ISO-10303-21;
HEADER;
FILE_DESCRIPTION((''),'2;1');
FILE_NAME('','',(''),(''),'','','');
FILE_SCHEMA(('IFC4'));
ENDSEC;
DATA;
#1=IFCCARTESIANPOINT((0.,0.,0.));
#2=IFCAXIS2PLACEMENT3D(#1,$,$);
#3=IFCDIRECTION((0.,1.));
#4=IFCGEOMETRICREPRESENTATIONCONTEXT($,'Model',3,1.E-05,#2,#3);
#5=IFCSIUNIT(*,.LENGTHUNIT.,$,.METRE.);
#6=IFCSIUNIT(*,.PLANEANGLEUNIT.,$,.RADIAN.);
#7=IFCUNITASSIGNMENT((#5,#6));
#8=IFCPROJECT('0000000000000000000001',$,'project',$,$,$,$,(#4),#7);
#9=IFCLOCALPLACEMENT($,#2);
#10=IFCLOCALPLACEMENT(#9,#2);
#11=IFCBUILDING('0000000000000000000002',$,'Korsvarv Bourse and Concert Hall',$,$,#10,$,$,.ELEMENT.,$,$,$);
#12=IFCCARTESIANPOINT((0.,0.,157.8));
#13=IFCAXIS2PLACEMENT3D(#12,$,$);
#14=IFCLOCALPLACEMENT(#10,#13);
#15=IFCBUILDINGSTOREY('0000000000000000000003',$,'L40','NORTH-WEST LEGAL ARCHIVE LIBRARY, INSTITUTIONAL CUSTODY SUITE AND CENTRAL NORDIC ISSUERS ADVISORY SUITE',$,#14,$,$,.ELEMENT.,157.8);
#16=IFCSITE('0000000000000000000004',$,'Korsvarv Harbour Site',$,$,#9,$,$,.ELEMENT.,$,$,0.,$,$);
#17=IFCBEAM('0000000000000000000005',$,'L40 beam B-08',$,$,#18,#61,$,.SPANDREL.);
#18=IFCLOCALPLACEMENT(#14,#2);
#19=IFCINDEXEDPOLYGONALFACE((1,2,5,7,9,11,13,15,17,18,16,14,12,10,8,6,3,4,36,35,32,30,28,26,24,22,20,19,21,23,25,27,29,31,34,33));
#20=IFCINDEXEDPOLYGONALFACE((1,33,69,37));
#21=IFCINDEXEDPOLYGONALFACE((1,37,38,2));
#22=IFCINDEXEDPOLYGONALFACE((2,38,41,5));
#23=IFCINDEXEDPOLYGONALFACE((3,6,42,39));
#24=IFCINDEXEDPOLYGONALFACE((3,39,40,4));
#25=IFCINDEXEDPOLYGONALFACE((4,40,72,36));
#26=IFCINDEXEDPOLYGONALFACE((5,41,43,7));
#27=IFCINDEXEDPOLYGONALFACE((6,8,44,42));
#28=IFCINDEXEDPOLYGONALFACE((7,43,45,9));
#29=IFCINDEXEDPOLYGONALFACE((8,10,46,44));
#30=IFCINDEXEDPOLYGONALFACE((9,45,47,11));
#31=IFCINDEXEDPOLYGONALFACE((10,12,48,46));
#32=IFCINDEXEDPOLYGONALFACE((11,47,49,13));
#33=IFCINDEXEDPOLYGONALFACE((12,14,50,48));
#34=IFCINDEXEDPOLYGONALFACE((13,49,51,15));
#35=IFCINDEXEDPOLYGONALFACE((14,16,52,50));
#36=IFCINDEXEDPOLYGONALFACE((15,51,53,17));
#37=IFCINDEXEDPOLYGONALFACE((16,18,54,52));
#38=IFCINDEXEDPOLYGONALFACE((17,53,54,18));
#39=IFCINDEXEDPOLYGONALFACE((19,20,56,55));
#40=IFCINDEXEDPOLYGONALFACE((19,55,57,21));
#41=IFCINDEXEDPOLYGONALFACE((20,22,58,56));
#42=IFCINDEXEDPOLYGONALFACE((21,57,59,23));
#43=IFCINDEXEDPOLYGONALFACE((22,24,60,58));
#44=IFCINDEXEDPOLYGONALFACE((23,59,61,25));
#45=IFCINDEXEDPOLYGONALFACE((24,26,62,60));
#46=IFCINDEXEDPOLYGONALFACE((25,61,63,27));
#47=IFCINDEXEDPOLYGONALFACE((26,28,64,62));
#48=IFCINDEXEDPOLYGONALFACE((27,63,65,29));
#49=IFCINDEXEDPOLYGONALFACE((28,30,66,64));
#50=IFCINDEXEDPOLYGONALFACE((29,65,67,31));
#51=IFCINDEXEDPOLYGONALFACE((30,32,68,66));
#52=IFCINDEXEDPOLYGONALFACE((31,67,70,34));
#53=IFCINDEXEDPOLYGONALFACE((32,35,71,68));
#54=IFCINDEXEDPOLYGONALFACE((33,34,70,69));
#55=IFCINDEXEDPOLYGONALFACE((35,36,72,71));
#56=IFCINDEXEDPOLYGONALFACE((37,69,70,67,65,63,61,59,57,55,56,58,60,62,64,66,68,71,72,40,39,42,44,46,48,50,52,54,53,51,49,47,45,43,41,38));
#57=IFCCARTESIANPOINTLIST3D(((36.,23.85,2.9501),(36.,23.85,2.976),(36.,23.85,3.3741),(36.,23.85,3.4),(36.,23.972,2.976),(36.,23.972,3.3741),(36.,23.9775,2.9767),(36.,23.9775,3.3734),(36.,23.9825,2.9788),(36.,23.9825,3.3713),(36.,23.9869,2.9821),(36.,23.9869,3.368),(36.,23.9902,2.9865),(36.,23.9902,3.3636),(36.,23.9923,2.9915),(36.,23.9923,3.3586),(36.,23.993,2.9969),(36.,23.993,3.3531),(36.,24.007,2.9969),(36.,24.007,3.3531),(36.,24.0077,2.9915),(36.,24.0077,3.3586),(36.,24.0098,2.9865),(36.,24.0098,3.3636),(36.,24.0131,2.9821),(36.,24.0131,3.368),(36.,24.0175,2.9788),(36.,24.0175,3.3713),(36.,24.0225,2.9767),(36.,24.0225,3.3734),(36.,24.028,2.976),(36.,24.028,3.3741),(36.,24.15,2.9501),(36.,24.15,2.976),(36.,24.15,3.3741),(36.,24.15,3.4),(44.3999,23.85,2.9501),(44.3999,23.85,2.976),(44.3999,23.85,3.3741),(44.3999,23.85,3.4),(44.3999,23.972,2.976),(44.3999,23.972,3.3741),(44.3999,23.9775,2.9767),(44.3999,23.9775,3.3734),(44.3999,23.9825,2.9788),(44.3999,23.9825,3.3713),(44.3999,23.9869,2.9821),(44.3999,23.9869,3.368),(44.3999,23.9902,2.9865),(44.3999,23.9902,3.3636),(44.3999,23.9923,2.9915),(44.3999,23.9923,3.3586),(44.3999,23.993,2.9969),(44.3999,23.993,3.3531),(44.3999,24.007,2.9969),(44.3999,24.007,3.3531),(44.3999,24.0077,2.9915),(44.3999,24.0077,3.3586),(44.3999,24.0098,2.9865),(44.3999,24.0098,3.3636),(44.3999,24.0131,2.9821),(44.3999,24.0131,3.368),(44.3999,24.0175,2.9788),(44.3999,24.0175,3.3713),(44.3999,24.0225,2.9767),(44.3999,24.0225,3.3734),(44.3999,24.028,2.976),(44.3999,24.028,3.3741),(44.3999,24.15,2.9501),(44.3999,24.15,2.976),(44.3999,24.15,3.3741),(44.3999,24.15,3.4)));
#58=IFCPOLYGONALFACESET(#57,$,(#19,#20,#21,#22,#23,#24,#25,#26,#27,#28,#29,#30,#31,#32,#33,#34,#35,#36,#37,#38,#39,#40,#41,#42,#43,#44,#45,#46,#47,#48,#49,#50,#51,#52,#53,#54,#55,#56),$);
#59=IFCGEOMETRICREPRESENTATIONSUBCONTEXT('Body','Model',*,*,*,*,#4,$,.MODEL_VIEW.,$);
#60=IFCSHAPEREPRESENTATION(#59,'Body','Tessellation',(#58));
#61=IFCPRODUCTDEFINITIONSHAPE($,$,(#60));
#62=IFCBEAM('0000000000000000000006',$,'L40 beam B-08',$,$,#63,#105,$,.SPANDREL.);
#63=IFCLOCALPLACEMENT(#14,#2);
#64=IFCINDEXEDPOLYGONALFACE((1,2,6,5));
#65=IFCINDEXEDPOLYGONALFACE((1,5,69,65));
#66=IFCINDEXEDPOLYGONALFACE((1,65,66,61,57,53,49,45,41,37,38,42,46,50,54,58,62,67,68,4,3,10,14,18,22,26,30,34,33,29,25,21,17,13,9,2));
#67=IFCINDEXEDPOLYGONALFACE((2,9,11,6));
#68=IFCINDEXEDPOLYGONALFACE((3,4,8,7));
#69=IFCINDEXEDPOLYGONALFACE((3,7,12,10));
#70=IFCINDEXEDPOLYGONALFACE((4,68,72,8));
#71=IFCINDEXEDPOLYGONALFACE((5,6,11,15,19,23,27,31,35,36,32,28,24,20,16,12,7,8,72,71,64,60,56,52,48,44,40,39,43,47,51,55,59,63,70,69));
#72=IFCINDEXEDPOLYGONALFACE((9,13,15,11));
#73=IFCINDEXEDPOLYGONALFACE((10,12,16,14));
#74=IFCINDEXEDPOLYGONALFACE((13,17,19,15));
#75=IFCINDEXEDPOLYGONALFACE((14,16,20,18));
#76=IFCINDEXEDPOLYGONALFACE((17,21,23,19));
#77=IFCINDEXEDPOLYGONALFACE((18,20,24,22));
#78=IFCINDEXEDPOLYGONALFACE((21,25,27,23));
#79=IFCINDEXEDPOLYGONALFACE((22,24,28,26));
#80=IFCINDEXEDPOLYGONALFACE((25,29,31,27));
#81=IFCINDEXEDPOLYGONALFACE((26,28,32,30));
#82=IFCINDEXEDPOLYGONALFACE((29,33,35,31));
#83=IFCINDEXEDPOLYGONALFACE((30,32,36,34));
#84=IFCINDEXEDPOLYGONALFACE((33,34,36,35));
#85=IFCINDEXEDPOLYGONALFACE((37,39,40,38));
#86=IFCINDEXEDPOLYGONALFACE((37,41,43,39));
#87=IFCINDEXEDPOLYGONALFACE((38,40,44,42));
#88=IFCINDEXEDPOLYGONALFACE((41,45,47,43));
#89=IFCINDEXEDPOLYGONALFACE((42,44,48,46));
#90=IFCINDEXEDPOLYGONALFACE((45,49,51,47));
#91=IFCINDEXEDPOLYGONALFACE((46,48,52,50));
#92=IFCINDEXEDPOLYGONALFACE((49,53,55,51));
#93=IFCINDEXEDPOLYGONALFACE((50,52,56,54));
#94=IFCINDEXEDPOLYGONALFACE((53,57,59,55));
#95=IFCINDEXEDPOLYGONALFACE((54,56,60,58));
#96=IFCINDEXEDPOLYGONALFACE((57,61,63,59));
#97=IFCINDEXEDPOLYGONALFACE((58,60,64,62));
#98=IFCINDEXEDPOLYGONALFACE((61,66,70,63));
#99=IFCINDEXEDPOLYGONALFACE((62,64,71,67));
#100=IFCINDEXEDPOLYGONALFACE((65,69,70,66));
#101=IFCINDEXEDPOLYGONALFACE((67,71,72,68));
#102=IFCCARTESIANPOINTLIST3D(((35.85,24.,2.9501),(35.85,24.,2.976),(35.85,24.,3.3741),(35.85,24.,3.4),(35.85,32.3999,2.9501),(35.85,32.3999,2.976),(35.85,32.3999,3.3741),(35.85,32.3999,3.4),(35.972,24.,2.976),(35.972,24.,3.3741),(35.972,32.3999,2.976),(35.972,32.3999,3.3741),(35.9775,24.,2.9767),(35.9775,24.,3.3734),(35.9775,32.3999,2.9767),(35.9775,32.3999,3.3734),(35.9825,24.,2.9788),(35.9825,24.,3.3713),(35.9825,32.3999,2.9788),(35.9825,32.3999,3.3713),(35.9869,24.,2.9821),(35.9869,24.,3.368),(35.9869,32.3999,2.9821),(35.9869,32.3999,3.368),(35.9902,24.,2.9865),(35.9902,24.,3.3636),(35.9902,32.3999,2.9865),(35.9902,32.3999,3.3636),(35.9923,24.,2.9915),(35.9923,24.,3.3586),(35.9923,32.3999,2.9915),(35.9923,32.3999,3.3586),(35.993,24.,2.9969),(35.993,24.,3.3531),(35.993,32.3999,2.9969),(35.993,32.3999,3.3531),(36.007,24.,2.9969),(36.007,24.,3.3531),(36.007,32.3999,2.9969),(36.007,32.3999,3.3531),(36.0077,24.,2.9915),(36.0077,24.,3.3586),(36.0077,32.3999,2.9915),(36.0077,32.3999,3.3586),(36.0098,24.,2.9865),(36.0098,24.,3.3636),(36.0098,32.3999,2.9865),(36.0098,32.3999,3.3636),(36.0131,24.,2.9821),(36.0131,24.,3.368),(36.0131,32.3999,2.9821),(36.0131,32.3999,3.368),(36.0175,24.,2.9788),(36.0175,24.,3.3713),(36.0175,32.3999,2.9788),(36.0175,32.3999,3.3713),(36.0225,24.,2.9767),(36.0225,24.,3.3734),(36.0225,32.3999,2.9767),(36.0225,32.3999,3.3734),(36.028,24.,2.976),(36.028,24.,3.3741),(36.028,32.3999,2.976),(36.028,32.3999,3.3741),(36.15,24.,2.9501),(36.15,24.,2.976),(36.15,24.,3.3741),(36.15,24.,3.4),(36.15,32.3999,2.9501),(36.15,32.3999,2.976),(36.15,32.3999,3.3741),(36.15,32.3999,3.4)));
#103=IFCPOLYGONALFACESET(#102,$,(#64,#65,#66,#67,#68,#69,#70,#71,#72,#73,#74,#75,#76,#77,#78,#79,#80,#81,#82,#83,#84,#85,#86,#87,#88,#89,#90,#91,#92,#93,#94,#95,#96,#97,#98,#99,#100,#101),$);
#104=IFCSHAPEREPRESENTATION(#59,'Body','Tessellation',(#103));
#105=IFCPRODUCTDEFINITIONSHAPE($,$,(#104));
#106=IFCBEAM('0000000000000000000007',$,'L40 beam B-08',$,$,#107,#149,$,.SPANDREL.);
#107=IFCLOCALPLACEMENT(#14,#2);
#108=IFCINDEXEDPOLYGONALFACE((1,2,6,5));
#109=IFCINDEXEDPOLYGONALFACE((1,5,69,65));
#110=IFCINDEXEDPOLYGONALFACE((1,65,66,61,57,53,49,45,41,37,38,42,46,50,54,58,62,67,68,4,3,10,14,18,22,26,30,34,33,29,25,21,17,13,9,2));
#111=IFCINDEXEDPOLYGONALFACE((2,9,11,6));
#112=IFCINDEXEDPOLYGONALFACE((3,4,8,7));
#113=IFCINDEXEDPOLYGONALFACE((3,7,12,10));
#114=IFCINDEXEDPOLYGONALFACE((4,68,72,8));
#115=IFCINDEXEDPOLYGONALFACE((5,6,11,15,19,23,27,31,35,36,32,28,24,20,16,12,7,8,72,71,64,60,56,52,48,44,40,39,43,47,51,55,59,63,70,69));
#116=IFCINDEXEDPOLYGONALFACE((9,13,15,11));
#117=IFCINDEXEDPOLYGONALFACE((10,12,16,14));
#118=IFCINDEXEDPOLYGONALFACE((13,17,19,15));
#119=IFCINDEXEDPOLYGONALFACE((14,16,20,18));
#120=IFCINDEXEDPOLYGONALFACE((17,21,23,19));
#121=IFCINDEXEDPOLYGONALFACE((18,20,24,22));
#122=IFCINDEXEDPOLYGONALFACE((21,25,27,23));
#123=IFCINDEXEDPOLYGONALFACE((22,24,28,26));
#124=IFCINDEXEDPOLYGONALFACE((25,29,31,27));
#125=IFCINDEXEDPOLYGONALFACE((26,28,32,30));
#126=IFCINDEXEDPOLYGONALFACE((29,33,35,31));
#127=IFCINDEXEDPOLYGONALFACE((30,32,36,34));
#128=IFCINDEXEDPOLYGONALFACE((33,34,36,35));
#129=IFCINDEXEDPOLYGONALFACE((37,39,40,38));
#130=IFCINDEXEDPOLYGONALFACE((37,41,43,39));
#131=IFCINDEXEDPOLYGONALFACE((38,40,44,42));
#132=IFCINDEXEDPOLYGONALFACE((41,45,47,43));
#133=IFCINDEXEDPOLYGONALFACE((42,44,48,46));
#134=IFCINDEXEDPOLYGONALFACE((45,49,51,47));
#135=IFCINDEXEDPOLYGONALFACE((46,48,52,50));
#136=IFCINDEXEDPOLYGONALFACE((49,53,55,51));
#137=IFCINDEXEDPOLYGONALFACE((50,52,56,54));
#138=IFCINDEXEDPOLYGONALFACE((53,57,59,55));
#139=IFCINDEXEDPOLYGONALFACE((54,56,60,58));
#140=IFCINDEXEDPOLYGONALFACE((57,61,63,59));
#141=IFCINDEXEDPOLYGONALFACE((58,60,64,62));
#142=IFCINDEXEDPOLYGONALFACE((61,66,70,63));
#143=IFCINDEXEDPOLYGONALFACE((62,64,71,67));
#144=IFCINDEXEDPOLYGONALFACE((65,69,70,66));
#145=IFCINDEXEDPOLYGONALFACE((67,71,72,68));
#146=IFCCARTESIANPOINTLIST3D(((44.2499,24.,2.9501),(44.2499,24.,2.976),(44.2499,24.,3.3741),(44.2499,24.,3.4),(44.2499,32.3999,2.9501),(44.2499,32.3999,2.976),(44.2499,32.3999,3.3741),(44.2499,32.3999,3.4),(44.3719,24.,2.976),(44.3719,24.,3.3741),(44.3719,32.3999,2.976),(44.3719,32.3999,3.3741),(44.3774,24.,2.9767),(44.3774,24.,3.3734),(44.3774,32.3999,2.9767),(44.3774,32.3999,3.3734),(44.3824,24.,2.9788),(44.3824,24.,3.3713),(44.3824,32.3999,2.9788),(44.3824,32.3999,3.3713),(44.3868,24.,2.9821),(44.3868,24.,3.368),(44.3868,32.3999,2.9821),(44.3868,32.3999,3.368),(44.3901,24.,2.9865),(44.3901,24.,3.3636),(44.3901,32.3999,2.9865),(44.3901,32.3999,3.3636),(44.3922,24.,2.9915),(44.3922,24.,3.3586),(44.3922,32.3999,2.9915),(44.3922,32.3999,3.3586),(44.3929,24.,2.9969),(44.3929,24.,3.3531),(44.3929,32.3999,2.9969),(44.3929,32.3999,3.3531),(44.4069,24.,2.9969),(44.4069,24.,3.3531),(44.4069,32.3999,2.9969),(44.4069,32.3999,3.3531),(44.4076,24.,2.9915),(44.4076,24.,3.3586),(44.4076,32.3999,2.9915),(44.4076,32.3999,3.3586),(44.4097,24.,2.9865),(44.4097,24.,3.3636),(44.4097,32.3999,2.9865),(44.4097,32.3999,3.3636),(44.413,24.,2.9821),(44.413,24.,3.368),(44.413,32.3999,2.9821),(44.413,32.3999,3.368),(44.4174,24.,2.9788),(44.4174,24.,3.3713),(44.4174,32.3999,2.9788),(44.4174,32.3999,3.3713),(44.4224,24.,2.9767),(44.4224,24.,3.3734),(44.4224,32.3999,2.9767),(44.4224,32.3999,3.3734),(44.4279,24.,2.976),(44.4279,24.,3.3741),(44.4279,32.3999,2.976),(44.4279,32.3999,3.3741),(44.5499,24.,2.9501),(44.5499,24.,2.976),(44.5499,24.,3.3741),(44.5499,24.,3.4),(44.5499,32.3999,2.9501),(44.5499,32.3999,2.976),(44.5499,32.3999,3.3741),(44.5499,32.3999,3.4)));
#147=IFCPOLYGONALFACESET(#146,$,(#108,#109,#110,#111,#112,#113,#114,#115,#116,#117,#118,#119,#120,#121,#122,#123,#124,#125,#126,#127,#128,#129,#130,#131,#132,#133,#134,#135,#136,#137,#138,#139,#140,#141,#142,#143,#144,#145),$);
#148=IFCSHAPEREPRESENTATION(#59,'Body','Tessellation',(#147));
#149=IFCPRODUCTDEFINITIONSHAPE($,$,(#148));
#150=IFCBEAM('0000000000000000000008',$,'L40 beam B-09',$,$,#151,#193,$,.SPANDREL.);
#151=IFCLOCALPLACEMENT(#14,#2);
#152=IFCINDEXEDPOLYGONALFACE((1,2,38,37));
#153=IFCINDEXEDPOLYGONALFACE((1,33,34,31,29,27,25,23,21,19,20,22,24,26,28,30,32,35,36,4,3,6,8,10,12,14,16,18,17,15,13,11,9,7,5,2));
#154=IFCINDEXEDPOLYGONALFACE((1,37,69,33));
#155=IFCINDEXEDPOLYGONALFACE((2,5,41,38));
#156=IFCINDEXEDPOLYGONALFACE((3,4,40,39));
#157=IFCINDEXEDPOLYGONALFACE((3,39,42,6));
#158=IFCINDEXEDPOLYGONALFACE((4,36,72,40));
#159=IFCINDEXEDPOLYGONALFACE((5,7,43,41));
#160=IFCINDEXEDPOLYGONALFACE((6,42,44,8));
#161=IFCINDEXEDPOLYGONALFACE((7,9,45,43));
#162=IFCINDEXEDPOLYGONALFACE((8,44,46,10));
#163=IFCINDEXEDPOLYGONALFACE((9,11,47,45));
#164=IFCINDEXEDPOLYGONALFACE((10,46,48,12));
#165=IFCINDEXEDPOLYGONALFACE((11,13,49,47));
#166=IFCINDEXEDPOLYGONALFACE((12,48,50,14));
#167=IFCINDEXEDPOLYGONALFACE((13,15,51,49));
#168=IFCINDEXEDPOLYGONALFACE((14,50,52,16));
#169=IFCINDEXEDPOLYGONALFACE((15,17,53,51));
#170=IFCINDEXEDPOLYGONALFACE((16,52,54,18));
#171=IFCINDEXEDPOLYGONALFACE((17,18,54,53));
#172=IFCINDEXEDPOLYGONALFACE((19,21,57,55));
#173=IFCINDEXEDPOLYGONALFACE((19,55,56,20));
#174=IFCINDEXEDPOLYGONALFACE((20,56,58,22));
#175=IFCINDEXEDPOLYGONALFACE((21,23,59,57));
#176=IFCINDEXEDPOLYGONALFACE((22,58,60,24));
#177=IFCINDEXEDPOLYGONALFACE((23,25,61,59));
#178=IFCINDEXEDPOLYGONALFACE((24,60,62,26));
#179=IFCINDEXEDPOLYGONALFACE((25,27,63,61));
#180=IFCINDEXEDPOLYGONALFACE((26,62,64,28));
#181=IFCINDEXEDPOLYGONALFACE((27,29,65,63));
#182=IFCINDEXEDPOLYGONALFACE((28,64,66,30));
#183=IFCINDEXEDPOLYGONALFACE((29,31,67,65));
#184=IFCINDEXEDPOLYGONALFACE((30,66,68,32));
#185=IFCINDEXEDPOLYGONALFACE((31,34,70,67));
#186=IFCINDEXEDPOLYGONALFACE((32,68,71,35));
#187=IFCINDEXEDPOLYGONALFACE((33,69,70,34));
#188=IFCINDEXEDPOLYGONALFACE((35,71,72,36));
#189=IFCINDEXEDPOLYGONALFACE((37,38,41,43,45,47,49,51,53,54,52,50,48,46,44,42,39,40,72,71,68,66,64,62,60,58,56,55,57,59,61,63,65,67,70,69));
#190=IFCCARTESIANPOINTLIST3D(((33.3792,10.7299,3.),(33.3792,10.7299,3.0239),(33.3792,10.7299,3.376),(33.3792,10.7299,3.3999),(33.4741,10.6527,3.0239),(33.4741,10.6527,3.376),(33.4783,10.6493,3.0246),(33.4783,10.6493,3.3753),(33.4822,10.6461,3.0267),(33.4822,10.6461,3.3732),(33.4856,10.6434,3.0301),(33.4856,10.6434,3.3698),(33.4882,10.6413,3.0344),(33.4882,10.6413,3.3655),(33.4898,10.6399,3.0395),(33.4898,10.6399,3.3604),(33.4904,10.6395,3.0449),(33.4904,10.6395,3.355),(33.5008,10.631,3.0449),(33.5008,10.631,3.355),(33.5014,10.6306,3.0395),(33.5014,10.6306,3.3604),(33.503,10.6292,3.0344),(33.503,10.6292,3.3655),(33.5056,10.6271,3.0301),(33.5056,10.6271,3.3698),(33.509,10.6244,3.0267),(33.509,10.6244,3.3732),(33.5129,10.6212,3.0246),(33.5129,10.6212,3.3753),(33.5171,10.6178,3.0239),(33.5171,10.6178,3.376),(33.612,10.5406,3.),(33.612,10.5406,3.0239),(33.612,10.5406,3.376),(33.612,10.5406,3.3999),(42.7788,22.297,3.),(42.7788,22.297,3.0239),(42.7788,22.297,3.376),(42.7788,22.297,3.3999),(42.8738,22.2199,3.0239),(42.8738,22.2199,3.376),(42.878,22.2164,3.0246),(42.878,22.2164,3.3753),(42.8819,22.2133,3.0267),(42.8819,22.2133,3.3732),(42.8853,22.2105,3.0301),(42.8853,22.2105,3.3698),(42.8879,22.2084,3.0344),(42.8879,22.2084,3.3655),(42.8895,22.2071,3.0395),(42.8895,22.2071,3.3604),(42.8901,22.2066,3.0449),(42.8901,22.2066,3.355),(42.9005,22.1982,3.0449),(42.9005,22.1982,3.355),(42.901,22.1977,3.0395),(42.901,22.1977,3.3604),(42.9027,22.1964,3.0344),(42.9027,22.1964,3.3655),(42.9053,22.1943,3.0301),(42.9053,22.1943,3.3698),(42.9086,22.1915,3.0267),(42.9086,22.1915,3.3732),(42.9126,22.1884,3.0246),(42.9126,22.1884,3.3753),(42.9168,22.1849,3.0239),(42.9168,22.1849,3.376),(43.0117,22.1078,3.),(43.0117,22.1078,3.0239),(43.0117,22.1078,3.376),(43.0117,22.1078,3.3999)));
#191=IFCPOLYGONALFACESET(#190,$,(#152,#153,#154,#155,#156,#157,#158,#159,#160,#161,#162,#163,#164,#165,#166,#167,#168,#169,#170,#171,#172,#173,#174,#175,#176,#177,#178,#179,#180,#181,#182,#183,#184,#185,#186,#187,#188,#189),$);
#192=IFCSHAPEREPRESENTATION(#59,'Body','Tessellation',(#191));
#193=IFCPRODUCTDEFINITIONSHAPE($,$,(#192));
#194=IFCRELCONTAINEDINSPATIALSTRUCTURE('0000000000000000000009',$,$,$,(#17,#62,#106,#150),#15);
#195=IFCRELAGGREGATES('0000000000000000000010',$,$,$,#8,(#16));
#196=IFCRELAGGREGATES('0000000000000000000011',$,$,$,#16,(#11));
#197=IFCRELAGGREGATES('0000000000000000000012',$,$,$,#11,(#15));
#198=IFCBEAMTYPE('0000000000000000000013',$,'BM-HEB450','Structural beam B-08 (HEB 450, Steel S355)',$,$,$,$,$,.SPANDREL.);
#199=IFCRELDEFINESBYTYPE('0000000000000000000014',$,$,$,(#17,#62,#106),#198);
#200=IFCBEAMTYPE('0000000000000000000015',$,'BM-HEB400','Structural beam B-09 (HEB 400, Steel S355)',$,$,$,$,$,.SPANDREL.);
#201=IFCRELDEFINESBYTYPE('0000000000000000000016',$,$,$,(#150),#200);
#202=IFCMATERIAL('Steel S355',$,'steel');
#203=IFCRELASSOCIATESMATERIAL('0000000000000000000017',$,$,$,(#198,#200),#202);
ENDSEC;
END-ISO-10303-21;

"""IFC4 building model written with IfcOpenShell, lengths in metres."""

from ifc_helpers import new_model, si_unit, direction, frame, origin, origin_2d, place, context, subcontext, project, spatial, i_section, extrude, source, transform, mapped, material, material_profile, profile_set, type_object, element, save


model = new_model("IFC4")

# Units and contexts
model_context = context("Model", 3, precision=1e-05, world=origin(), true_north=direction((0.0, 1.0)))
body_context = subcontext(model_context, "Body", "Model", "MODEL_VIEW")
ifc_project = project(units=[si_unit("LENGTHUNIT", "METRE"), si_unit("PLANEANGLEUNIT", "RADIAN")], contexts=[model_context])

# Site, building, storey
site_placement = place(None, origin())
site = spatial("IfcSite", under=ifc_project, at=site_placement, Name="Korsvarv Harbour Site", CompositionType="ELEMENT", RefElevation=0.0)
building_placement = place(site_placement, origin())
building = spatial("IfcBuilding", under=site, at=building_placement, Name="Korsvarv Bourse and Concert Hall", CompositionType="ELEMENT")
storey_placement = place(building_placement, frame((0.0, 0.0, 157.8)))
storey = spatial("IfcBuildingStorey", under=building, at=storey_placement, Name="L40", Description="NORTH-WEST LEGAL ARCHIVE LIBRARY, INSTITUTIONAL CUSTODY SUITE AND CENTRAL NORDIC ISSUERS ADVISORY SUITE", CompositionType="ELEMENT", Elevation=157.8)

# Shared definitions
ifc_material_1 = material(Name="Steel S355", Category="steel")

# Beams
ifc_material_profile_1 = material_profile(ifc_material_1, i_section(OverallWidth=0.3, OverallDepth=0.45, WebThickness=0.0139, FlangeThickness=0.0259, FilletRadius=0.021, at=origin_2d()), Name="HEB 450")
ifc_profile_set_1 = profile_set([ifc_material_profile_1], Name="Steel S355")
beam_type_1 = type_object("IfcBeamType", Name="BM-HEB450", Description="Structural beam B-08 (HEB 450, Steel S355)", PredefinedType="SPANDREL", material=ifc_profile_set_1)
shared_shape_1 = source(origin(), body_context, "Body", "SweptSolid", [
    extrude(i_section(OverallWidth=0.3, OverallDepth=0.45, WebThickness=0.0139, FlangeThickness=0.0259, FilletRadius=0.021, at=origin_2d()), origin(), (0.0, 0.0, 1.0), 8.3999),
])
for number, where, z_axis, x_axis, name in (
    (1, (36.0, 24.0, 3.175), (1.0, 0.0, 0.0), (0.0, 1.0, 0.0), "L40 beam B-08"),
    (2, (36.0, 24.0, 3.175), (0.0, 1.0, 0.0), (-1.0, 0.0, 0.0), "L40 beam B-08"),
    (3, (44.3999, 24.0, 3.175), (0.0, 1.0, 0.0), (-1.0, 0.0, 0.0), "L40 beam B-08"),
):
    element("IfcBeam", number, at=place(storey_placement, frame(where, z_axis=z_axis, x_axis=x_axis)), inside=storey, type_object=beam_type_1, Name=name, PredefinedType="SPANDREL", context=body_context, shape_type="MappedRepresentation", body=[
        mapped(shared_shape_1, transform((0.0, 0.0, 0.0), scale=1.0)),
    ])
ifc_material_profile_2 = material_profile(ifc_material_1, i_section(OverallWidth=0.3, OverallDepth=0.3999, WebThickness=0.0134, FlangeThickness=0.0239, FilletRadius=0.021, at=origin_2d()), Name="HEB 400")
ifc_profile_set_2 = profile_set([ifc_material_profile_2], Name="Steel S355")
beam_type_2 = type_object("IfcBeamType", Name="BM-HEB400", Description="Structural beam B-09 (HEB 400, Steel S355)", PredefinedType="SPANDREL", material=ifc_profile_set_2)
shared_shape_2 = source(origin(), body_context, "Body", "SweptSolid", [
    extrude(i_section(OverallWidth=0.3, OverallDepth=0.3999, WebThickness=0.0134, FlangeThickness=0.0239, FilletRadius=0.021, at=origin_2d()), origin(), (0.0, 0.0, 1.0), 14.9048),
])
beam_1_placement = place(storey_placement, frame((33.4956, 10.6353, 3.2), z_axis=(0.630648, 0.776069, 0.0), x_axis=(-0.776069, 0.630648, 0.0)))
element("IfcBeam", 4, at=beam_1_placement, inside=storey, type_object=beam_type_2, Name="L40 beam B-09", PredefinedType="SPANDREL", context=body_context, shape_type="MappedRepresentation", body=[
    mapped(shared_shape_2, transform((0.0, 0.0, 0.0), scale=1.0)),
])

save(model, "model.ifc")
